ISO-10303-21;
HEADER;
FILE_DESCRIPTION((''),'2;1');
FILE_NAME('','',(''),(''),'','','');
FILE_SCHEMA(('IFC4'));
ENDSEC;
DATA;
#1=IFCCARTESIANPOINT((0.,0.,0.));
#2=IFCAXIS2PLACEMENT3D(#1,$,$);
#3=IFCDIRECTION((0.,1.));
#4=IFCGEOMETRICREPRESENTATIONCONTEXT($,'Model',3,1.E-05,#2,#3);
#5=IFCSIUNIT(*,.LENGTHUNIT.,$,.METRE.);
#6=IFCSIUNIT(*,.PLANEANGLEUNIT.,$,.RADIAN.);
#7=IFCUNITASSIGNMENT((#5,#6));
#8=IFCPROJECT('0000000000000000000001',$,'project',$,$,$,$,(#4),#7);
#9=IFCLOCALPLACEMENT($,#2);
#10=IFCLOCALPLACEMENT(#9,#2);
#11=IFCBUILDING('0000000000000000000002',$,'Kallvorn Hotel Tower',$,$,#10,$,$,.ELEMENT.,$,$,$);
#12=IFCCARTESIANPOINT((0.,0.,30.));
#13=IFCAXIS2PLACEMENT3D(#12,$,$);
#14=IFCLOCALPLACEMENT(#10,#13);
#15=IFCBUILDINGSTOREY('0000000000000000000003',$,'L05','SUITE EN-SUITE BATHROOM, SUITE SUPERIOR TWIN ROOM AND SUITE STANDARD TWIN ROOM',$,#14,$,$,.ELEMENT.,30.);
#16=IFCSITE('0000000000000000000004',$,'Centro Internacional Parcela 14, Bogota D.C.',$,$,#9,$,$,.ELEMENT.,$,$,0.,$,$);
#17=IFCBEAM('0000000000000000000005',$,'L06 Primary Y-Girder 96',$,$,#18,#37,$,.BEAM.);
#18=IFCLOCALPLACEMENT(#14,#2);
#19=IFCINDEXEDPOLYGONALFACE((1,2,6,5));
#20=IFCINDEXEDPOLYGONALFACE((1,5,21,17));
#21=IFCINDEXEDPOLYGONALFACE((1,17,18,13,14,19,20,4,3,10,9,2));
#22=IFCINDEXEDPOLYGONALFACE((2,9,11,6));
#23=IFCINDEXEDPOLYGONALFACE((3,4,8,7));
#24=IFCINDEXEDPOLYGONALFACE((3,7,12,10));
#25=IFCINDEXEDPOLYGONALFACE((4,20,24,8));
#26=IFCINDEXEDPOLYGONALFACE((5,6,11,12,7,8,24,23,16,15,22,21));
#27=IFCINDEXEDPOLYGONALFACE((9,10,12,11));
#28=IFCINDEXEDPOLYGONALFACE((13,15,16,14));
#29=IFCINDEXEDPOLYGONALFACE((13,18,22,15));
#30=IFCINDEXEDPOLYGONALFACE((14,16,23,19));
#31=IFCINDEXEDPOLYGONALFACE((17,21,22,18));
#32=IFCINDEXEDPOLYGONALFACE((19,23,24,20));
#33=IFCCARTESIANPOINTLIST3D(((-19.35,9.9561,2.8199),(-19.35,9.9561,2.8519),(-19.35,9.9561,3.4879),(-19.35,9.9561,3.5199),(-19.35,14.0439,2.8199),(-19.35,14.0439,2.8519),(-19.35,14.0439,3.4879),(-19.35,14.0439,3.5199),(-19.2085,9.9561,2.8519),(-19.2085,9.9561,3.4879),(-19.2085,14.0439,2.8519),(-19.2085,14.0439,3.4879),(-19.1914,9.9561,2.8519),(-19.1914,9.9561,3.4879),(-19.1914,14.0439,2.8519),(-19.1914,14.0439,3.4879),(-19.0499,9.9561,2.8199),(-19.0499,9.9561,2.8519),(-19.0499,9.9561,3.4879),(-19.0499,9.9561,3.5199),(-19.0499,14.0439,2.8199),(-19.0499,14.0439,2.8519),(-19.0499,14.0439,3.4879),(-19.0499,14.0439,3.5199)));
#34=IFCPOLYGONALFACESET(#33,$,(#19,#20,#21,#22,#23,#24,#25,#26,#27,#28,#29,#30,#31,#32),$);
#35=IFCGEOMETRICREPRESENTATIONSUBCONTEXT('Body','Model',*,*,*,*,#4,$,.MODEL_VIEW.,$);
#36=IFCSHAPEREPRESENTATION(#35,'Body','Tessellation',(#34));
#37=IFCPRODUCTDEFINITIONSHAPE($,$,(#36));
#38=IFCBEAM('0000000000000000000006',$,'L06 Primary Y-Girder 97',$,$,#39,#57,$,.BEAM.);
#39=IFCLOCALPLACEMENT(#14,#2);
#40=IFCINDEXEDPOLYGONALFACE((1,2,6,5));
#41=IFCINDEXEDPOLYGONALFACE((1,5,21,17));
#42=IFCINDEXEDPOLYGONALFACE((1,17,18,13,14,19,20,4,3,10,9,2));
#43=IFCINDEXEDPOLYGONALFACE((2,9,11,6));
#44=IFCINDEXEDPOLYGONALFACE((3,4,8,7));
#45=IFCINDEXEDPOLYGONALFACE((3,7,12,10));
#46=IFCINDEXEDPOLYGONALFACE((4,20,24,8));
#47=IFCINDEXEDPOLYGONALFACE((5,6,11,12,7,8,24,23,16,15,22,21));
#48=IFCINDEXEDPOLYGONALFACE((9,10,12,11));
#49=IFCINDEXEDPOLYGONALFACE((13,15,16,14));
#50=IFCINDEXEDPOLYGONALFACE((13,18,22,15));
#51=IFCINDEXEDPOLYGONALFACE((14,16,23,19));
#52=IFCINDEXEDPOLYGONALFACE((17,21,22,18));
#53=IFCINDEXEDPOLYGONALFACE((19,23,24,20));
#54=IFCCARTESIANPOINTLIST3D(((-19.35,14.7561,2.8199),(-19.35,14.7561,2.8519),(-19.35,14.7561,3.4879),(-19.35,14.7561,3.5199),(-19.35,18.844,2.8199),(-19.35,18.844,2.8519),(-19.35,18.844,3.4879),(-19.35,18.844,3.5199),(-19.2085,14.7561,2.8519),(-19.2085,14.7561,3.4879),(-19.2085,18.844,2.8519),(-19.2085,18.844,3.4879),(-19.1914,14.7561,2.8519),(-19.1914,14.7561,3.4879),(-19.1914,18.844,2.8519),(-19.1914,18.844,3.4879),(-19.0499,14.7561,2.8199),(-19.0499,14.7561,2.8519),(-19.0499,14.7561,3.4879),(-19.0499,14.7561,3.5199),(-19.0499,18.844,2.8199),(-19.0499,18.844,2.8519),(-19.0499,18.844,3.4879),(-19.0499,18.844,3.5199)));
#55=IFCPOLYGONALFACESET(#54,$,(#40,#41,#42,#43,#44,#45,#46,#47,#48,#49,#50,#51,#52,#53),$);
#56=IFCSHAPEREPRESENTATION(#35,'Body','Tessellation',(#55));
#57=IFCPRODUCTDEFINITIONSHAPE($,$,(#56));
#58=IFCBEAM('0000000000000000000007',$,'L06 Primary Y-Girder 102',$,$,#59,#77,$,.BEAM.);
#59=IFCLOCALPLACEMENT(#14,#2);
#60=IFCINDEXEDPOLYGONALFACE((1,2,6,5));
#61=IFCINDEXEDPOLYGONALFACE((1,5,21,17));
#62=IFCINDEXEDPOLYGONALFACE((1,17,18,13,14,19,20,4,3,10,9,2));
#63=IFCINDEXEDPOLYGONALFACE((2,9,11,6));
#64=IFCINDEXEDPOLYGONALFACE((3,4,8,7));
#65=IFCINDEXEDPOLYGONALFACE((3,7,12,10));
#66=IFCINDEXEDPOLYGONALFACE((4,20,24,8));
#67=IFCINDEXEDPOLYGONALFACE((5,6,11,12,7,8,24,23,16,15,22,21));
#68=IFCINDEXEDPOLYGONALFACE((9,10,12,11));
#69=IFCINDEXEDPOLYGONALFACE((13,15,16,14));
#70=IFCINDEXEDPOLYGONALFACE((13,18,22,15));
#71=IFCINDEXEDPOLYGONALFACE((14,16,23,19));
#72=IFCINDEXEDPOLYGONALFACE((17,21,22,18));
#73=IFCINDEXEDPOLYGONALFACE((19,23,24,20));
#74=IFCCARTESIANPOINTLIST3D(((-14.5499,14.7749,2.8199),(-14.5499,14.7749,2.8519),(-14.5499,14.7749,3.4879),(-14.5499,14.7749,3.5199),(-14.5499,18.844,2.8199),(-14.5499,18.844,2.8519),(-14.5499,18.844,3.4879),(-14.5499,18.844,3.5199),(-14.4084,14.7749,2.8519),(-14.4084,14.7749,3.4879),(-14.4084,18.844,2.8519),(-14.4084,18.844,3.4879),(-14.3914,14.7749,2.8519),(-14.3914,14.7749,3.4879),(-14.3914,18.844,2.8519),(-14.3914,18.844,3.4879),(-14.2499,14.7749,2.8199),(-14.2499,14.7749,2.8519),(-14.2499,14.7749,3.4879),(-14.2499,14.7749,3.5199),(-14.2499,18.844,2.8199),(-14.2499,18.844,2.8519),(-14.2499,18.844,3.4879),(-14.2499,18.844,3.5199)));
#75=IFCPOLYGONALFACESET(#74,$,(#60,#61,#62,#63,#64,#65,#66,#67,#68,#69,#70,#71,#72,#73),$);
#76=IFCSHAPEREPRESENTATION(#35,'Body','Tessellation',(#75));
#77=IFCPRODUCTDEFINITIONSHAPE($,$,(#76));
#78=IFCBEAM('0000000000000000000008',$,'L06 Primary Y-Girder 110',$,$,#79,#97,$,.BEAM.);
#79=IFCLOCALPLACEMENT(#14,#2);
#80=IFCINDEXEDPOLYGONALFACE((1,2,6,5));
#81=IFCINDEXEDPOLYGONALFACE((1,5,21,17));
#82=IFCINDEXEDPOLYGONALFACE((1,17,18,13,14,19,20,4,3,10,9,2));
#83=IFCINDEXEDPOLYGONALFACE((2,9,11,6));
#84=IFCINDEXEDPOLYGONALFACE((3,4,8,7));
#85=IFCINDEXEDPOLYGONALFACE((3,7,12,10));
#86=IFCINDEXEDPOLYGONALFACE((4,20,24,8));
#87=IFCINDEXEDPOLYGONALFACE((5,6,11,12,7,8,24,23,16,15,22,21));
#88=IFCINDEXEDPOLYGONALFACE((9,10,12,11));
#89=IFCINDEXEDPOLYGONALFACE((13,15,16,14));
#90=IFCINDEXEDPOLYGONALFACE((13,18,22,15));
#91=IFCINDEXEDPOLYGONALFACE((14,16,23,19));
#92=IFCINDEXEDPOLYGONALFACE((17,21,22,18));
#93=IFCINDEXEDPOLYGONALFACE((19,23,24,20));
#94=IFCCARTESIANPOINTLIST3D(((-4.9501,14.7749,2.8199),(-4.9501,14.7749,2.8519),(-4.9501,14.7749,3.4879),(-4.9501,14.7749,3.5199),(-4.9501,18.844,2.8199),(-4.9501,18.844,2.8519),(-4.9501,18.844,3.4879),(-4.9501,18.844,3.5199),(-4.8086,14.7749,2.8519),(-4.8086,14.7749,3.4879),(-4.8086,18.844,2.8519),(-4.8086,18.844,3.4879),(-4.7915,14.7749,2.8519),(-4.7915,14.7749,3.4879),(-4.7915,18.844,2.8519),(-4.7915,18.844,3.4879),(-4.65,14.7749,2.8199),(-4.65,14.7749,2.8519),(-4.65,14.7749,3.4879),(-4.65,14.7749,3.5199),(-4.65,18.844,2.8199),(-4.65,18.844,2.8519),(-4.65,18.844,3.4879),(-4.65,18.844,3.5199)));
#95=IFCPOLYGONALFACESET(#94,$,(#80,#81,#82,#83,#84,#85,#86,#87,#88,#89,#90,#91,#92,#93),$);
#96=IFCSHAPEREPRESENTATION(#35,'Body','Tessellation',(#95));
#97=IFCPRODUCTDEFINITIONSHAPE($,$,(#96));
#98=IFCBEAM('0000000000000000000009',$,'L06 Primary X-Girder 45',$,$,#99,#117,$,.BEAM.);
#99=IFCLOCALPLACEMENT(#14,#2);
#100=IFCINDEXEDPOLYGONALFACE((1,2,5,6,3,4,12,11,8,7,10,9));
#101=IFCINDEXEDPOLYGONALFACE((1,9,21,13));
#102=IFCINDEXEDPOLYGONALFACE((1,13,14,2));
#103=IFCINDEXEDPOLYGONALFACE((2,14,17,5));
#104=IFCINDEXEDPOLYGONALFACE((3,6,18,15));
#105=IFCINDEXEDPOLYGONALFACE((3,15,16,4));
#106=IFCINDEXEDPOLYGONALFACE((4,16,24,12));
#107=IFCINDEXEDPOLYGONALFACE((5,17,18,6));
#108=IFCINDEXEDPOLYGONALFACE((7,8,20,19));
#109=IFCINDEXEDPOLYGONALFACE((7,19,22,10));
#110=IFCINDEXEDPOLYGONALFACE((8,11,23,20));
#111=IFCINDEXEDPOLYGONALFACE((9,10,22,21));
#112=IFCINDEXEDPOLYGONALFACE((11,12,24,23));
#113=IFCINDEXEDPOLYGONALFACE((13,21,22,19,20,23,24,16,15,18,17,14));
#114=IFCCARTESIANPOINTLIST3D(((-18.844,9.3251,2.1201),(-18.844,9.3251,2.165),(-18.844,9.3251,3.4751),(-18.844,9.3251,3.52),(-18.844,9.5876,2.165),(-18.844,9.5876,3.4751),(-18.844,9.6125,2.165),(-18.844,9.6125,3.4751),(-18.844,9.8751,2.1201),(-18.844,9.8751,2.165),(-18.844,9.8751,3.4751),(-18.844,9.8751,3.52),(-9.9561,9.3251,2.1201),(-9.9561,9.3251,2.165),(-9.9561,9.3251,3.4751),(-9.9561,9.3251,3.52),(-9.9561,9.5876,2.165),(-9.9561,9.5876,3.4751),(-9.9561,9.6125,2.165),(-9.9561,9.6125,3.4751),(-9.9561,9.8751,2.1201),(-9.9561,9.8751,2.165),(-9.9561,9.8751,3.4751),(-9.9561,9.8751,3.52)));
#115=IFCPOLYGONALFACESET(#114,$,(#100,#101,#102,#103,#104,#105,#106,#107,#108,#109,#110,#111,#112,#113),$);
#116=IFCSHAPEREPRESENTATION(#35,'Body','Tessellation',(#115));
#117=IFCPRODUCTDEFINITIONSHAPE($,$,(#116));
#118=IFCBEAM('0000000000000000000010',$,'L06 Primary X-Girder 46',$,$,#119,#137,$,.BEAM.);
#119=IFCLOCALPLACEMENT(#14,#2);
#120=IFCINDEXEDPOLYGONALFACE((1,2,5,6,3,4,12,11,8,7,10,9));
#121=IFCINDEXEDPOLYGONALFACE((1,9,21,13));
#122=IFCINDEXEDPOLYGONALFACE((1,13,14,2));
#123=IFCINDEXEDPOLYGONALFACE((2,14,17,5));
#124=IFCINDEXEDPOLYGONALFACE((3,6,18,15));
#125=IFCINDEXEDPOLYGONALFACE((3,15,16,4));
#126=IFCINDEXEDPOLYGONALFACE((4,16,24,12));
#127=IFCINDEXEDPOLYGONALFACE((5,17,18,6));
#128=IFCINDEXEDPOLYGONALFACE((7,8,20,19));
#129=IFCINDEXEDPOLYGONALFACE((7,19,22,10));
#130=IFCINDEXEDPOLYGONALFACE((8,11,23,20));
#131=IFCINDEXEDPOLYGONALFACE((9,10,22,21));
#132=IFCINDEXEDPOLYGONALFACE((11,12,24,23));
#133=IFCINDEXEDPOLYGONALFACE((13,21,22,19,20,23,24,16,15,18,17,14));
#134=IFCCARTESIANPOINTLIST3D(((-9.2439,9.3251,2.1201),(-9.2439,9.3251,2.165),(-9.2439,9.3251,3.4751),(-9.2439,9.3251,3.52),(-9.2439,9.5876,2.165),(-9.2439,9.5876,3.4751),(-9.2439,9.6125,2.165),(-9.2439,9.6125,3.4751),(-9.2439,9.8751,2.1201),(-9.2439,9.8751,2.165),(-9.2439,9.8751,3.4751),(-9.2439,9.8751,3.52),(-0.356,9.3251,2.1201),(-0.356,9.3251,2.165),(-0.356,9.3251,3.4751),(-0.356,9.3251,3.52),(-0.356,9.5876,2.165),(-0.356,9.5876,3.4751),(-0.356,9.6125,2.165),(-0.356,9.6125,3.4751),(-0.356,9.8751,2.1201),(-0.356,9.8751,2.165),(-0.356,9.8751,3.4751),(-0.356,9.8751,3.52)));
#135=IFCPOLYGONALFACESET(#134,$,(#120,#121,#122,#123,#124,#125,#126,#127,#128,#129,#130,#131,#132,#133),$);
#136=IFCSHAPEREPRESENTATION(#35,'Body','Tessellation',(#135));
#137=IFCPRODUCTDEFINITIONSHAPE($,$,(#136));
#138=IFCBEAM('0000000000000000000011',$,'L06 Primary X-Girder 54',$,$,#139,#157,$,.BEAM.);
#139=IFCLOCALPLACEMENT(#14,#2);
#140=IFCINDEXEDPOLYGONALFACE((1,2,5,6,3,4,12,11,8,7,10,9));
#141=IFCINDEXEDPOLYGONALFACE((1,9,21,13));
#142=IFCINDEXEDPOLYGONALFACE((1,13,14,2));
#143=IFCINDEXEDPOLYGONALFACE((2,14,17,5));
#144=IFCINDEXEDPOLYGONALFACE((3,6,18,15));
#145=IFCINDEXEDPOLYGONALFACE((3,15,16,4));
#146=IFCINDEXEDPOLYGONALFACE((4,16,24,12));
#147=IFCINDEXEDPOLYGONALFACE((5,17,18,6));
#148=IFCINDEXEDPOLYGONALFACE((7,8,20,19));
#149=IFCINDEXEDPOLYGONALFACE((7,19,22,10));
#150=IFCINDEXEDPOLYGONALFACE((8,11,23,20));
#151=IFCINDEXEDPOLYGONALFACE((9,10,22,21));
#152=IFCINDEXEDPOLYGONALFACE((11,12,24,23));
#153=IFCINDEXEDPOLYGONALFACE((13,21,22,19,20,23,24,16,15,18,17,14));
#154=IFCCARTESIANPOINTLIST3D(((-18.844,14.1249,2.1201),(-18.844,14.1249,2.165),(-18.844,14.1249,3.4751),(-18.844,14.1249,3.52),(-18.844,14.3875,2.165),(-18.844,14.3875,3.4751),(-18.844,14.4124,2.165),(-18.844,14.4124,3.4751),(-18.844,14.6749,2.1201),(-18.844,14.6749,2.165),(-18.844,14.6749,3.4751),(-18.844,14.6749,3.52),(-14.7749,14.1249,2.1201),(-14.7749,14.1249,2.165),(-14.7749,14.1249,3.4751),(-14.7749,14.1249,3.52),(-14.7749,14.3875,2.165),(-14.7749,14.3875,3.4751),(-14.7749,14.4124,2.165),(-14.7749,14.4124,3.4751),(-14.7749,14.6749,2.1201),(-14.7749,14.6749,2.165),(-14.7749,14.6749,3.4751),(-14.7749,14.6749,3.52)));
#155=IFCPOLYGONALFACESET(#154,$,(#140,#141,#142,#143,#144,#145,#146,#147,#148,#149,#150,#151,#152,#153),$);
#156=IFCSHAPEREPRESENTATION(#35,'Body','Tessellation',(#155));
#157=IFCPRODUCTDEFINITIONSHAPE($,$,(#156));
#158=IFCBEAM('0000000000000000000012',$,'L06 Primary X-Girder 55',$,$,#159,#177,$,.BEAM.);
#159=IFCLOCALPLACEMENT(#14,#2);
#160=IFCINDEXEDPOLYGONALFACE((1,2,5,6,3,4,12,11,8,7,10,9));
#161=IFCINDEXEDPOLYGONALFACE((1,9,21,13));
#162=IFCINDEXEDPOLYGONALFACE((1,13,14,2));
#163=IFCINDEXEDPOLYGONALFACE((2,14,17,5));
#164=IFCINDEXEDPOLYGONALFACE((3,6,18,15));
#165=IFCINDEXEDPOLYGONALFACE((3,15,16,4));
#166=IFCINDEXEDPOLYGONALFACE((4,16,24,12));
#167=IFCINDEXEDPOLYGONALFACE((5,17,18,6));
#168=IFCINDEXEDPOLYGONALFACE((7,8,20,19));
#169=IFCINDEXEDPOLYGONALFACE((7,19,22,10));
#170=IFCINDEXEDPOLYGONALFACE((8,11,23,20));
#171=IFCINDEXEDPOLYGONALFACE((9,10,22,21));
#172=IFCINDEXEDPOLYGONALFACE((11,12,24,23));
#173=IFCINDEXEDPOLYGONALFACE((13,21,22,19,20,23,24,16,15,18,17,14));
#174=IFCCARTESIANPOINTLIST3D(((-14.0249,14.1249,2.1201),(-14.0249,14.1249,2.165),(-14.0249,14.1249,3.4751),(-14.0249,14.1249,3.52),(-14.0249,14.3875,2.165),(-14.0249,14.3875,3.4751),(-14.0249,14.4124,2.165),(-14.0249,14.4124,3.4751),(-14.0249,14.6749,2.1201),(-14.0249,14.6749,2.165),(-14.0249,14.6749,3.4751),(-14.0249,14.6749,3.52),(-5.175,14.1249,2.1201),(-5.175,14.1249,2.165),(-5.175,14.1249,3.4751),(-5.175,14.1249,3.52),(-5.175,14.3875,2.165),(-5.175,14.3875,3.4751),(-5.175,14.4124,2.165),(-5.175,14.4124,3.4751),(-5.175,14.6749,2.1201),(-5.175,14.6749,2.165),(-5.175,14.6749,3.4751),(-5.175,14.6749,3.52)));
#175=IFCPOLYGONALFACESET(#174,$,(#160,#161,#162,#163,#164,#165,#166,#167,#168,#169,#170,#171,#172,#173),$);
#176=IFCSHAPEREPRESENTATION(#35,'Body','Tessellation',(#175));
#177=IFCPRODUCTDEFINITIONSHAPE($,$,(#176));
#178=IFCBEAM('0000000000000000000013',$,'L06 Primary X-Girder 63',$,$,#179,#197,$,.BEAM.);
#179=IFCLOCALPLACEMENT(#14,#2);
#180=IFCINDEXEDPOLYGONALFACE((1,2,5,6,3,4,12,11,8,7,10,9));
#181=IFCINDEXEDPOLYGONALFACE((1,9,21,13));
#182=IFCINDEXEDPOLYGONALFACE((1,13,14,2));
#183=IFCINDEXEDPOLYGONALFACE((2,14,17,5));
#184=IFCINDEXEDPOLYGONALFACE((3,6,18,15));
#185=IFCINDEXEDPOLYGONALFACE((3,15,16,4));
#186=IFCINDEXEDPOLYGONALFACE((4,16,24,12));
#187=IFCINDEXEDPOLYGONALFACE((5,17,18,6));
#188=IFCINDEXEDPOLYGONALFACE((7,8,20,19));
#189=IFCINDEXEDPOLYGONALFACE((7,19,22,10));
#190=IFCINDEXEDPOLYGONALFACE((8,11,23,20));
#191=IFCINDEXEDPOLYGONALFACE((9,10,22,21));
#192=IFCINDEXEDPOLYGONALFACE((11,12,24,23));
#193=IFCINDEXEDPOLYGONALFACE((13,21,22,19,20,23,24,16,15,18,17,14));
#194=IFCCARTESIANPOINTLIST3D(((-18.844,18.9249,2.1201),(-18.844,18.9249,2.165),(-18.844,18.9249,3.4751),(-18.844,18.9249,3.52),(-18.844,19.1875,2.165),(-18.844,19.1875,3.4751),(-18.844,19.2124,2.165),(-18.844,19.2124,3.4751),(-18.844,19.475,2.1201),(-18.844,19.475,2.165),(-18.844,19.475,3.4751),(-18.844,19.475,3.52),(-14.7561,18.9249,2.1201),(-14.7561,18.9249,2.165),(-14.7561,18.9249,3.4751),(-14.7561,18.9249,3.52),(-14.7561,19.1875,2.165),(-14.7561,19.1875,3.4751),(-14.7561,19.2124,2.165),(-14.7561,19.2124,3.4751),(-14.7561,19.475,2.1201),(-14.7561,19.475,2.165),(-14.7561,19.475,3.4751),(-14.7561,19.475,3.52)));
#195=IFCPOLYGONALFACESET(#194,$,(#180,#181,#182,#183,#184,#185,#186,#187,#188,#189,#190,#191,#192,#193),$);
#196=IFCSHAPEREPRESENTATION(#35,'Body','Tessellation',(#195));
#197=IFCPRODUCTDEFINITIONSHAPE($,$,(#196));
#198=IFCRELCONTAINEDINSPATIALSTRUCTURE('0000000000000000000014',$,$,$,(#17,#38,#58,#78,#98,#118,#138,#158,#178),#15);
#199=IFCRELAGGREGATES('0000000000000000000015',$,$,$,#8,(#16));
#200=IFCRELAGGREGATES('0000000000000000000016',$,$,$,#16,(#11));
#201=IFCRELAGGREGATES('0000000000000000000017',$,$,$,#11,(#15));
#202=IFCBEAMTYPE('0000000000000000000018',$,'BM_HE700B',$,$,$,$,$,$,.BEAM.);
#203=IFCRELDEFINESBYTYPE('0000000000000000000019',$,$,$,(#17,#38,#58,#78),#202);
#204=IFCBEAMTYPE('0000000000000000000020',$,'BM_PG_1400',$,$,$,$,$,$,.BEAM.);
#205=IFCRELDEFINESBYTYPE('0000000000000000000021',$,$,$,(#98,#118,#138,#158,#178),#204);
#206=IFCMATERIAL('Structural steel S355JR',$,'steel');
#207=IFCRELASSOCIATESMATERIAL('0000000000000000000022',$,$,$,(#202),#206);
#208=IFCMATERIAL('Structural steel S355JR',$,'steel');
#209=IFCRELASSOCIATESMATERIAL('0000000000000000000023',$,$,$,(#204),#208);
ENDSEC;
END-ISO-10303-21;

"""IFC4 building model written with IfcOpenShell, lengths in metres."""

from ifc_helpers import new_model, si_unit, direction, frame, origin, origin_2d, place, context, subcontext, project, spatial, i_section, extrude, material, material_profile, profile_set, type_object, element, save


model = new_model("IFC4")

# Units and contexts
model_context = context("Model", 3, precision=1e-05, world=origin(), true_north=direction((0.0, 1.0)))
body_context = subcontext(model_context, "Body", "Model", "MODEL_VIEW")
ifc_project = project(units=[si_unit("LENGTHUNIT", "METRE"), si_unit("PLANEANGLEUNIT", "RADIAN")], contexts=[model_context])

# Site, building, storey
site_placement = place(None, origin())
site = spatial("IfcSite", under=ifc_project, at=site_placement, Name="Centro Internacional Parcela 14, Bogota D.C.", CompositionType="ELEMENT", RefElevation=0.0)
building_placement = place(site_placement, origin())
building = spatial("IfcBuilding", under=site, at=building_placement, Name="Kallvorn Hotel Tower", CompositionType="ELEMENT")
storey_placement = place(building_placement, frame((0.0, 0.0, 30.0)))
storey = spatial("IfcBuildingStorey", under=building, at=storey_placement, Name="L05", Description="SUITE EN-SUITE BATHROOM, SUITE SUPERIOR TWIN ROOM AND SUITE STANDARD TWIN ROOM", CompositionType="ELEMENT", Elevation=30.0)

# Beams
ifc_material_1 = material(Name="Structural steel S355JR", Category="steel")
ifc_material_profile_1 = material_profile(ifc_material_1, i_section(OverallWidth=0.3, OverallDepth=0.7, WebThickness=0.0171, FlangeThickness=0.032, at=origin_2d()), Name="HE 700 B")
ifc_profile_set_1 = profile_set([ifc_material_profile_1], Name="Structural steel S355JR")
beam_type_1 = type_object("IfcBeamType", Name="BM_HE700B", PredefinedType="BEAM", material=ifc_profile_set_1)
for number, where, z_axis, x_axis, name in (
    (1, (-19.2, 9.9561, 3.1699), (0.0, 1.0, 0.0), (-1.0, 0.0, 0.0), "L06 Primary Y-Girder 96"),
    (2, (-19.2, 14.7561, 3.1699), (0.0, 1.0, 0.0), (-1.0, 0.0, 0.0), "L06 Primary Y-Girder 97"),
):
    element("IfcBeam", number, at=place(storey_placement, frame(where, z_axis=z_axis, x_axis=x_axis)), inside=storey, type_object=beam_type_1, Name=name, PredefinedType="BEAM", context=body_context, shape_type="SweptSolid", body=[
        extrude(i_section(OverallWidth=0.3, OverallDepth=0.7, WebThickness=0.0171, FlangeThickness=0.032, at=origin_2d()), origin(), (0.0, 0.0, 1.0), 4.0879),
    ])
for number, where, z_axis, x_axis, name in (
    (3, (-14.3999, 14.7749, 3.1699), (0.0, 1.0, 0.0), (-1.0, 0.0, 0.0), "L06 Primary Y-Girder 102"),
    (4, (-4.8, 14.7749, 3.1699), (0.0, 1.0, 0.0), (-1.0, 0.0, 0.0), "L06 Primary Y-Girder 110"),
):
    element("IfcBeam", number, at=place(storey_placement, frame(where, z_axis=z_axis, x_axis=x_axis)), inside=storey, type_object=beam_type_1, Name=name, PredefinedType="BEAM", context=body_context, shape_type="SweptSolid", body=[
        extrude(i_section(OverallWidth=0.3, OverallDepth=0.7, WebThickness=0.0171, FlangeThickness=0.032, at=origin_2d()), origin(), (0.0, 0.0, 1.0), 4.0691),
    ])
ifc_material_2 = material(Name="Structural steel S355JR", Category="steel")
ifc_material_profile_2 = material_profile(ifc_material_2, i_section(OverallWidth=0.55, OverallDepth=1.3999, WebThickness=0.0249, FlangeThickness=0.0449, at=origin_2d()), Name="PG 1400x550x25x45")
ifc_profile_set_2 = profile_set([ifc_material_profile_2], Name="Structural steel S355JR")
beam_type_2 = type_object("IfcBeamType", Name="BM_PG_1400", PredefinedType="BEAM", material=ifc_profile_set_2)
for number, where, z_axis, x_axis, name in (
    (5, (-18.844, 9.6001, 2.8201), (1.0, 0.0, 0.0), (0.0, 1.0, 0.0), "L06 Primary X-Girder 45"),
    (6, (-9.2439, 9.6001, 2.8201), (1.0, 0.0, 0.0), (0.0, 1.0, 0.0), "L06 Primary X-Girder 46"),
):
    element("IfcBeam", number, at=place(storey_placement, frame(where, z_axis=z_axis, x_axis=x_axis)), inside=storey, type_object=beam_type_2, Name=name, PredefinedType="BEAM", context=body_context, shape_type="SweptSolid", body=[
        extrude(i_section(OverallWidth=0.55, OverallDepth=1.3999, WebThickness=0.0249, FlangeThickness=0.0449, at=origin_2d()), origin(), (0.0, 0.0, 1.0), 8.8879),
    ])
beam_1_placement = place(storey_placement, frame((-18.844, 14.3999, 2.8201), z_axis=(1.0, 0.0, 0.0), x_axis=(0.0, 1.0, 0.0)))
element("IfcBeam", 7, at=beam_1_placement, inside=storey, type_object=beam_type_2, Name="L06 Primary X-Girder 54", PredefinedType="BEAM", context=body_context, shape_type="SweptSolid", body=[
    extrude(i_section(OverallWidth=0.55, OverallDepth=1.3999, WebThickness=0.0249, FlangeThickness=0.0449, at=origin_2d()), origin(), (0.0, 0.0, 1.0), 4.0691),
])
beam_2_placement = place(storey_placement, frame((-14.0249, 14.3999, 2.8201), z_axis=(1.0, 0.0, 0.0), x_axis=(0.0, 1.0, 0.0)))
element("IfcBeam", 8, at=beam_2_placement, inside=storey, type_object=beam_type_2, Name="L06 Primary X-Girder 55", PredefinedType="BEAM", context=body_context, shape_type="SweptSolid", body=[
    extrude(i_section(OverallWidth=0.55, OverallDepth=1.3999, WebThickness=0.0249, FlangeThickness=0.0449, at=origin_2d()), origin(), (0.0, 0.0, 1.0), 8.8499),
])
for number, where, z_axis, x_axis, name in (
    (9, (-18.844, 19.2, 2.8201), (1.0, 0.0, 0.0), (0.0, 1.0, 0.0), "L06 Primary X-Girder 63"),
):
    element("IfcBeam", number, at=place(storey_placement, frame(where, z_axis=z_axis, x_axis=x_axis)), inside=storey, type_object=beam_type_2, Name=name, PredefinedType="BEAM", context=body_context, shape_type="SweptSolid", body=[
        extrude(i_section(OverallWidth=0.55, OverallDepth=1.3999, WebThickness=0.0249, FlangeThickness=0.0449, at=origin_2d()), origin(), (0.0, 0.0, 1.0), 4.0879),
    ])

save(model, "model.ifc")
